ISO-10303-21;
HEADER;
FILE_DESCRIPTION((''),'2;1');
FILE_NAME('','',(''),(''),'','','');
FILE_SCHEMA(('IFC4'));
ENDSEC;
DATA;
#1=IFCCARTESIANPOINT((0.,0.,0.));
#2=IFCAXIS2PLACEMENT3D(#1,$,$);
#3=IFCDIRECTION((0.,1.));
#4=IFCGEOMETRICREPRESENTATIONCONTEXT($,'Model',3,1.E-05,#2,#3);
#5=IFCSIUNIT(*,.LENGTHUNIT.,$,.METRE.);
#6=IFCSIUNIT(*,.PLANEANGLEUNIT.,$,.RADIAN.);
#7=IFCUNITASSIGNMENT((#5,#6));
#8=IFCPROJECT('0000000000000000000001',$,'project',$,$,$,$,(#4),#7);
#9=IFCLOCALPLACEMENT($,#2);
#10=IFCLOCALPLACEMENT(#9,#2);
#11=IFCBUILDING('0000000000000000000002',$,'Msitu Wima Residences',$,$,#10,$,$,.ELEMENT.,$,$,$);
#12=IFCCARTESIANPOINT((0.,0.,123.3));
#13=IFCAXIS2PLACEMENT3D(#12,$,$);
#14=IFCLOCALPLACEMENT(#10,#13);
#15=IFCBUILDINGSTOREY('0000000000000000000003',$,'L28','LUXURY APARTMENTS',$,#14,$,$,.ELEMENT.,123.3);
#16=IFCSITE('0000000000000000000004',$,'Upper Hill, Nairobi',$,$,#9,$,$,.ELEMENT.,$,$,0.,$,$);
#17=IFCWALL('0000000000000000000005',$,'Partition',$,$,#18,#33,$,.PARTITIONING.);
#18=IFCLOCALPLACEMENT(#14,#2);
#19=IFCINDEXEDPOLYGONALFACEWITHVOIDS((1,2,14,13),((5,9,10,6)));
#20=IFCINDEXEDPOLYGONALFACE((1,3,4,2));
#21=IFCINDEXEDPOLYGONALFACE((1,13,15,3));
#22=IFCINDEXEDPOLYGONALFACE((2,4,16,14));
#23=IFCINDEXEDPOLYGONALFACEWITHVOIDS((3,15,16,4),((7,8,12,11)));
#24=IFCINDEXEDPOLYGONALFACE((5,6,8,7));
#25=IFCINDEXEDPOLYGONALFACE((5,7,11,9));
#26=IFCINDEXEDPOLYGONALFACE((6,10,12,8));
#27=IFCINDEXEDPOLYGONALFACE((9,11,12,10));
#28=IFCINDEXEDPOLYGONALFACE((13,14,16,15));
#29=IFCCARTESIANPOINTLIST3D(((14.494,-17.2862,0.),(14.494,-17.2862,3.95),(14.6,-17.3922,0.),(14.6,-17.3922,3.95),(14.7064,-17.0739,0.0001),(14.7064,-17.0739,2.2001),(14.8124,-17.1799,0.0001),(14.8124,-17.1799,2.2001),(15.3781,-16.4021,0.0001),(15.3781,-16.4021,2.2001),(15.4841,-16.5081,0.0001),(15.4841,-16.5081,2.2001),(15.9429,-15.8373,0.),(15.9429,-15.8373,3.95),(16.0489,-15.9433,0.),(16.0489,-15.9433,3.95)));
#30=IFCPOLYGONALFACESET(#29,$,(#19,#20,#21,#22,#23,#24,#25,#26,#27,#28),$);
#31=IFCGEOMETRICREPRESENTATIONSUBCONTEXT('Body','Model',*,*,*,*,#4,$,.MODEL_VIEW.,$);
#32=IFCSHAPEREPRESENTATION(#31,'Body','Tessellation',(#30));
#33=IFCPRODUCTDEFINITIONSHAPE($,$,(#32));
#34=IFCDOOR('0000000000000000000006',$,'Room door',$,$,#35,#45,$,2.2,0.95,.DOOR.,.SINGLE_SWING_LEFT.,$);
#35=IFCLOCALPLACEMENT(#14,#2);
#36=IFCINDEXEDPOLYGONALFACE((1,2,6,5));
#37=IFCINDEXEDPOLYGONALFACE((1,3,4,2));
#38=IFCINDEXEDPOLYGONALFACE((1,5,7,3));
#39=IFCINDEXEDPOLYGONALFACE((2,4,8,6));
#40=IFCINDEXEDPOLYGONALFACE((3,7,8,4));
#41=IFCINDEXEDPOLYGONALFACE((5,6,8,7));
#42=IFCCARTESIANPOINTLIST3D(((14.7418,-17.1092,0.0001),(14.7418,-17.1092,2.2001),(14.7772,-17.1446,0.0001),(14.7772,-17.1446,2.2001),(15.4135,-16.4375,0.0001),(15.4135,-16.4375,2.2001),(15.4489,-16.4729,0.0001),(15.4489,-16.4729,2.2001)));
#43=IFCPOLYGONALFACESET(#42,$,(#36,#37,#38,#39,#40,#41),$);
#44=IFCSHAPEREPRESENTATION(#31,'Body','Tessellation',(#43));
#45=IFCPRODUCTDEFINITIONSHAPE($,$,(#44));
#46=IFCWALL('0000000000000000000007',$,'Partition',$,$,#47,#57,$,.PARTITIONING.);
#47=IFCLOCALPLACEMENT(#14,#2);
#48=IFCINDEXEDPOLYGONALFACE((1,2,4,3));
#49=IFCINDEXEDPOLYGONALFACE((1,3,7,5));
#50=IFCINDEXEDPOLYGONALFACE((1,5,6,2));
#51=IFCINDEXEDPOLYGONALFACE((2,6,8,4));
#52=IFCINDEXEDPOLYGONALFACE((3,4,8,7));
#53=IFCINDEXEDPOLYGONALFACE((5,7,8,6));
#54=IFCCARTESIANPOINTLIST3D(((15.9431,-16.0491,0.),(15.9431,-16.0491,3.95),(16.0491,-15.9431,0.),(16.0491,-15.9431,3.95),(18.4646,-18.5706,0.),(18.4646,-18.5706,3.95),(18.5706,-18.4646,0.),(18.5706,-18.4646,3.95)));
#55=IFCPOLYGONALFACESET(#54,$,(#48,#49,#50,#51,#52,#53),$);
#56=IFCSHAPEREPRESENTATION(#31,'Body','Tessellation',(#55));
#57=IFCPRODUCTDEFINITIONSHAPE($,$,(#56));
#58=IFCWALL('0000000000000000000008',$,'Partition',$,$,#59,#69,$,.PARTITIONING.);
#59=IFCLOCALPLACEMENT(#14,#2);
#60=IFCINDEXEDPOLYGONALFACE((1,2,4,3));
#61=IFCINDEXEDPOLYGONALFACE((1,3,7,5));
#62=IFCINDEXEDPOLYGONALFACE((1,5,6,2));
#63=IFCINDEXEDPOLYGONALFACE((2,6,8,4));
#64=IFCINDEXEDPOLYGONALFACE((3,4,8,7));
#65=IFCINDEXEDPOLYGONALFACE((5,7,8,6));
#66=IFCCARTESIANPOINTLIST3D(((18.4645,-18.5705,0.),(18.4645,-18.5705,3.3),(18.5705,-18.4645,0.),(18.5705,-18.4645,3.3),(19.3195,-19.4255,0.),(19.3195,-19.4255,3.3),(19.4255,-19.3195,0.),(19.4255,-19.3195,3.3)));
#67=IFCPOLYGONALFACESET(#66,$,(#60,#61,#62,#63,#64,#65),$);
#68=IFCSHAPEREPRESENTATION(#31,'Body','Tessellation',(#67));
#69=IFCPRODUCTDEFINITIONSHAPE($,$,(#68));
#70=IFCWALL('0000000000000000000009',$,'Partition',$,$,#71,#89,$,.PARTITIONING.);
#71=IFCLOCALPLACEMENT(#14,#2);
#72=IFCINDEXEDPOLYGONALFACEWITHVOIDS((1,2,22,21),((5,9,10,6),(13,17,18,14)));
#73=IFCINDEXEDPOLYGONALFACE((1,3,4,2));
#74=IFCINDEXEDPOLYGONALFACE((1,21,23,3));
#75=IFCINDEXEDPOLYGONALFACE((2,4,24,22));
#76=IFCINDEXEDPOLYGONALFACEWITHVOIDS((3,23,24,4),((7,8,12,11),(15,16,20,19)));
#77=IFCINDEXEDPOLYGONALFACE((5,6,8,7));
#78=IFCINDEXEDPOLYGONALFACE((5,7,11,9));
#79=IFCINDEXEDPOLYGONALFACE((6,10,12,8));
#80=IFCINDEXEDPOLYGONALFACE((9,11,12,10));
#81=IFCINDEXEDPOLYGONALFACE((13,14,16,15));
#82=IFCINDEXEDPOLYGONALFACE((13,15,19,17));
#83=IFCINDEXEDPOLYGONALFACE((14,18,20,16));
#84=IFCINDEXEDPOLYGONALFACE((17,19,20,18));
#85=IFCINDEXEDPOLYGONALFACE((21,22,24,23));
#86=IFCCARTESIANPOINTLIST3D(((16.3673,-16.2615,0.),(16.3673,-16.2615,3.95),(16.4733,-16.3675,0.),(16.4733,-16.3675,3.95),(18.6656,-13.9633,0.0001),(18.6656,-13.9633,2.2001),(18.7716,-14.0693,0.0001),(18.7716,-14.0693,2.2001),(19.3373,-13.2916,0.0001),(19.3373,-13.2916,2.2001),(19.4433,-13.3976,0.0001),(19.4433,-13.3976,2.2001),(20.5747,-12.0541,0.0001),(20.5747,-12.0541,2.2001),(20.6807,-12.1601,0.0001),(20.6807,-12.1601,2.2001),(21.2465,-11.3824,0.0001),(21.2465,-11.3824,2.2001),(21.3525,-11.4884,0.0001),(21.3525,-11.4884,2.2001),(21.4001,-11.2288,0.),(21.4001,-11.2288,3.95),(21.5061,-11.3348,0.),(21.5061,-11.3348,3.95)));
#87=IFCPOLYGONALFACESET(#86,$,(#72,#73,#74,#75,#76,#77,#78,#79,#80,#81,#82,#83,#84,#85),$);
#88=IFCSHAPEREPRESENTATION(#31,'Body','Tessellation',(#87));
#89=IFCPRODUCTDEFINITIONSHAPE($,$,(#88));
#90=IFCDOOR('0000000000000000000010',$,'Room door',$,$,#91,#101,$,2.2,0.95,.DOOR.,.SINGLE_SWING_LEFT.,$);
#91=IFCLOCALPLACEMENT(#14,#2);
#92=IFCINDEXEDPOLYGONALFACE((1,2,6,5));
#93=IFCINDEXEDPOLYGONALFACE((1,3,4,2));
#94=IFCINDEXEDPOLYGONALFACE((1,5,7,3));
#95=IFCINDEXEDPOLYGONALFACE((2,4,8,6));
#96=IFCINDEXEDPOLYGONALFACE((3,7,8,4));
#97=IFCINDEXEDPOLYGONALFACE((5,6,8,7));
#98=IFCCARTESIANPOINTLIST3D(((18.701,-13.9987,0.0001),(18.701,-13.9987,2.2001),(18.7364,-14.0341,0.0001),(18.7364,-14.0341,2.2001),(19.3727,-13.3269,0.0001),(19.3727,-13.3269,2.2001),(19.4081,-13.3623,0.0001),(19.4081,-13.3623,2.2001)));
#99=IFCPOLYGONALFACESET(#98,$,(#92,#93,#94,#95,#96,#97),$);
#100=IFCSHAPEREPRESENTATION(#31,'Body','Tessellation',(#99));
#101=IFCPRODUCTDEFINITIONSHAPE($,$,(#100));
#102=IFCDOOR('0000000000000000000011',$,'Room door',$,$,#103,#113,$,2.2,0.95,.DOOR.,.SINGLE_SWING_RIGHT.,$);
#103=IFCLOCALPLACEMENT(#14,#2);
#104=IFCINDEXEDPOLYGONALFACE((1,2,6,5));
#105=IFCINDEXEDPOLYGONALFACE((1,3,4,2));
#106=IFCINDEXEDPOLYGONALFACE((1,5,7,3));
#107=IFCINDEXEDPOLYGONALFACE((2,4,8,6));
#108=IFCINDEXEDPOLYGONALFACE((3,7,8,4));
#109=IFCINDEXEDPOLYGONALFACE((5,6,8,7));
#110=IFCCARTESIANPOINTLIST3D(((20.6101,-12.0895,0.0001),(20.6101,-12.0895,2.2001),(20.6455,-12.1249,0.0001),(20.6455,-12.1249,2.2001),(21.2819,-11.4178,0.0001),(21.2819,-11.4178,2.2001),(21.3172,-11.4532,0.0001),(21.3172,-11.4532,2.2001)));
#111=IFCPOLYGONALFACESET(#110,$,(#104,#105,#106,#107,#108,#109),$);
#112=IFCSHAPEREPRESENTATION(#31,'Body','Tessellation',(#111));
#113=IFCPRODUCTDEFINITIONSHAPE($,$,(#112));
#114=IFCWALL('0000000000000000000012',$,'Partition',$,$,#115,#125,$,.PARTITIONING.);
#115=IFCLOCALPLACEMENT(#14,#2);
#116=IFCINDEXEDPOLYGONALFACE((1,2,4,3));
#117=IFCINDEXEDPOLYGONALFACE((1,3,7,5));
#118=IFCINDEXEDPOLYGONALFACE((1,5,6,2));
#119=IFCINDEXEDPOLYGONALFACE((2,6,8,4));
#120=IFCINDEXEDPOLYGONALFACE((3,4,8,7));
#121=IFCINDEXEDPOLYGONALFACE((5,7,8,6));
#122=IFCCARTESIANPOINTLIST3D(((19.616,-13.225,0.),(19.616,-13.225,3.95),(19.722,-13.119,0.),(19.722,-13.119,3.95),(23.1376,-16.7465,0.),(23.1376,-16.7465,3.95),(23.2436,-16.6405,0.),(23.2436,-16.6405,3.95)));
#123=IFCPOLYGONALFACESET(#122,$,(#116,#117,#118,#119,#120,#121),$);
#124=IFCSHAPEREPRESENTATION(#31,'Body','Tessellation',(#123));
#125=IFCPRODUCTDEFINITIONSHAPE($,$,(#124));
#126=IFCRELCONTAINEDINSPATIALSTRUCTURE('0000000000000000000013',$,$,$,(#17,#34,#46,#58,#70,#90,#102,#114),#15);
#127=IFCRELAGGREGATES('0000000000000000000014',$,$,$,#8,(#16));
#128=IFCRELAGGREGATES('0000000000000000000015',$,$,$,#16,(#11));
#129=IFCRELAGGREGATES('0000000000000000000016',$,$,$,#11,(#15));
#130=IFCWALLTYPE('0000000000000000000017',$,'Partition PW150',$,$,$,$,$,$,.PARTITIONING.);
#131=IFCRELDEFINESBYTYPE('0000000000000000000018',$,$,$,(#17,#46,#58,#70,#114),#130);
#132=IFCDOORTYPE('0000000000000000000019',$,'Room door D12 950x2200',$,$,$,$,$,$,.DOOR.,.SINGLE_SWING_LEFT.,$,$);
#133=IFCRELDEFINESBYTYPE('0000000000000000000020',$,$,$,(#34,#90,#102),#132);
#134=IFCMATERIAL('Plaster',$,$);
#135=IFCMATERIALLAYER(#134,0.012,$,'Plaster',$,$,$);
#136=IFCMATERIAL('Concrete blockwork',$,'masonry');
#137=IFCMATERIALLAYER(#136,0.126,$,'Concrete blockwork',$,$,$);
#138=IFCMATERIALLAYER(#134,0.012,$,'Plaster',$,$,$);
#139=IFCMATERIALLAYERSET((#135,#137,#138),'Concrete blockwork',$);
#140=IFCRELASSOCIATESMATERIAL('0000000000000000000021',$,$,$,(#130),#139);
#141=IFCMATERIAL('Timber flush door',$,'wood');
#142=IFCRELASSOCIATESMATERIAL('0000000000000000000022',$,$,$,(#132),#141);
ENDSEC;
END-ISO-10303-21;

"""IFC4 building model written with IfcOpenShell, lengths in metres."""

from ifc_helpers import new_model, si_unit, direction, frame, frame_2d, origin, place, context, subcontext, project, spatial, rectangle, extrude, material, layer, layer_set, type_object, element, fill, save


model = new_model("IFC4")

# Units and contexts
model_context = context("Model", 3, precision=1e-05, world=origin(), true_north=direction((0.0, 1.0)))
body_context = subcontext(model_context, "Body", "Model", "MODEL_VIEW")
ifc_project = project(units=[si_unit("LENGTHUNIT", "METRE"), si_unit("PLANEANGLEUNIT", "RADIAN")], contexts=[model_context])

# Site, building, storey
site_placement = place(None, origin())
site = spatial("IfcSite", under=ifc_project, at=site_placement, Name="Upper Hill, Nairobi", CompositionType="ELEMENT", RefElevation=0.0)
building_placement = place(site_placement, origin())
building = spatial("IfcBuilding", under=site, at=building_placement, Name="Msitu Wima Residences", CompositionType="ELEMENT")
storey_placement = place(building_placement, frame((0.0, 0.0, 123.3)))
storey = spatial("IfcBuildingStorey", under=building, at=storey_placement, Name="L28", Description="LUXURY APARTMENTS", CompositionType="ELEMENT", Elevation=123.3)

# Wall, opening, door
ifc_material_1 = material(Name="Plaster")
ifc_material_2 = material(Name="Concrete blockwork", Category="masonry")
ifc_layer_1 = layer(ifc_material_1, 0.012, Name="Plaster")
ifc_layer_2 = layer(ifc_material_2, 0.126, Name="Concrete blockwork")
ifc_layer_3 = layer(ifc_material_1, 0.012, Name="Plaster")
ifc_layer_set_1 = layer_set([ifc_layer_1, ifc_layer_2, ifc_layer_3], Name="Concrete blockwork")
wall_type_1 = type_object("IfcWallType", Name="Partition PW150", PredefinedType="PARTITIONING", material=ifc_layer_set_1)
wall_1_placement = place(storey_placement, frame((14.5471, -17.3391, 0.0), z_axis=(0.0, 0.0, 1.0), x_axis=(0.707107, 0.707107, 0.0)))
wall_1 = element("IfcWall", 1, at=wall_1_placement, inside=storey, type_object=wall_type_1, Name="Partition", PredefinedType="PARTITIONING", context=body_context, shape_type="SweptSolid", body=[
    extrude(rectangle(XDim=2.0491, YDim=0.1499, at=frame_2d((1.0244, 0.0))), origin(), (0.0, 0.0, 1.0), 3.95),
])
opening_1_placement = place(wall_1_placement, frame((0.3, 0.0, 0.0)))
opening_1 = element("IfcOpeningElement", 2, at=opening_1_placement, cuts=wall_1, PredefinedType="OPENING", context=body_context, shape_type="SweptSolid", body=[
    extrude(rectangle(XDim=0.95, YDim=2.2, at=frame_2d((0.4751, 1.1001))), frame((0.0, 0.085, 0.0), z_axis=(0.0, -1.0, 0.0), x_axis=(1.0, 0.0, 0.0)), (0.0, 0.0, 1.0), 0.1699),
])
ifc_material_3 = material(Name="Timber flush door", Category="wood")
door_type_1 = type_object("IfcDoorType", Name="Room door D12 950x2200", OperationType="SINGLE_SWING_LEFT", PredefinedType="DOOR", material=ifc_material_3)
door_1_placement = place(opening_1_placement, origin())
door_1 = element("IfcDoor", 3, at=door_1_placement, inside=storey, type_object=door_type_1, Name="Room door", OperationType="SINGLE_SWING_LEFT", OverallHeight=2.2, OverallWidth=0.95, PredefinedType="DOOR", context=body_context, shape_type="SweptSolid", body=[
    extrude(rectangle(XDim=0.95, YDim=2.2, at=frame_2d((0.4751, 1.1001))), frame((0.0, 0.0249, 0.0), z_axis=(0.0, -1.0, 0.0), x_axis=(1.0, 0.0, 0.0)), (0.0, 0.0, 1.0), 0.05),
])
fill(opening_1, door_1)

# Walls
wall_2_placement = place(storey_placement, frame((15.9961, -15.9961, 0.0), z_axis=(0.0, 0.0, 1.0), x_axis=(0.707107, -0.707107, 0.0)))
element("IfcWall", 4, at=wall_2_placement, inside=storey, type_object=wall_type_1, Name="Partition", PredefinedType="PARTITIONING", context=body_context, shape_type="SweptSolid", body=[
    extrude(rectangle(XDim=3.5659, YDim=0.1499, at=frame_2d((1.783, 0.0))), origin(), (0.0, 0.0, 1.0), 3.95),
])
wall_3_placement = place(storey_placement, frame((18.5176, -18.5176, 0.0), z_axis=(0.0, 0.0, 1.0), x_axis=(0.707107, -0.707107, 0.0)))
element("IfcWall", 5, at=wall_3_placement, inside=storey, type_object=wall_type_1, Name="Partition", PredefinedType="PARTITIONING", context=body_context, shape_type="SweptSolid", body=[
    extrude(rectangle(XDim=1.2092, YDim=0.1499, at=frame_2d((0.6045, 0.0))), origin(), (0.0, 0.0, 1.0), 3.3),
])

# Wall, openings, doors
wall_4_placement = place(storey_placement, frame((16.4204, -16.3145, 0.0), z_axis=(0.0, 0.0, 1.0), x_axis=(0.707107, 0.707107, 0.0)))
wall_4 = element("IfcWall", 6, at=wall_4_placement, inside=storey, type_object=wall_type_1, Name="Partition", PredefinedType="PARTITIONING", context=body_context, shape_type="SweptSolid", body=[
    extrude(rectangle(XDim=7.1174, YDim=0.1499, at=frame_2d((3.5586, 0.0))), origin(), (0.0, 0.0, 1.0), 3.95),
])
opening_2_placement = place(wall_4_placement, frame((3.25, 0.0, 0.0)))
opening_2 = element("IfcOpeningElement", 7, at=opening_2_placement, cuts=wall_4, PredefinedType="OPENING", context=body_context, shape_type="SweptSolid", body=[
    extrude(rectangle(XDim=0.95, YDim=2.2, at=frame_2d((0.4751, 1.1001))), frame((0.0, 0.085, 0.0), z_axis=(0.0, -1.0, 0.0), x_axis=(1.0, 0.0, 0.0)), (0.0, 0.0, 1.0), 0.1699),
])
opening_3_placement = place(wall_4_placement, frame((5.95, 0.0, 0.0)))
opening_3 = element("IfcOpeningElement", 8, at=opening_3_placement, cuts=wall_4, PredefinedType="OPENING", context=body_context, shape_type="SweptSolid", body=[
    extrude(rectangle(XDim=0.95, YDim=2.2, at=frame_2d((0.4751, 1.1001))), frame((0.0, 0.085, 0.0), z_axis=(0.0, -1.0, 0.0), x_axis=(1.0, 0.0, 0.0)), (0.0, 0.0, 1.0), 0.1699),
])
door_2_placement = place(opening_2_placement, origin())
door_2 = element("IfcDoor", 9, at=door_2_placement, inside=storey, type_object=door_type_1, Name="Room door", OperationType="SINGLE_SWING_LEFT", OverallHeight=2.2, OverallWidth=0.95, PredefinedType="DOOR", context=body_context, shape_type="SweptSolid", body=[
    extrude(rectangle(XDim=0.95, YDim=2.2, at=frame_2d((0.4751, 1.1001))), frame((0.0, 0.0249, 0.0), z_axis=(0.0, -1.0, 0.0), x_axis=(1.0, 0.0, 0.0)), (0.0, 0.0, 1.0), 0.05),
])
fill(opening_2, door_2)
door_3_placement = place(opening_3_placement, origin())
door_3 = element("IfcDoor", 10, at=door_3_placement, inside=storey, type_object=door_type_1, Name="Room door", OperationType="SINGLE_SWING_RIGHT", OverallHeight=2.2, OverallWidth=0.95, PredefinedType="DOOR", context=body_context, shape_type="SweptSolid", body=[
    extrude(rectangle(XDim=0.95, YDim=2.2, at=frame_2d((0.4751, 1.1001))), frame((0.0, 0.0249, 0.0), z_axis=(0.0, -1.0, 0.0), x_axis=(1.0, 0.0, 0.0)), (0.0, 0.0, 1.0), 0.05),
])
fill(opening_3, door_3)

# Wall
wall_5_placement = place(storey_placement, frame((19.6689, -13.1719, 0.0), z_axis=(0.0, 0.0, 1.0), x_axis=(0.707107, -0.707107, 0.0)))
element("IfcWall", 11, at=wall_5_placement, inside=storey, type_object=wall_type_1, Name="Partition", PredefinedType="PARTITIONING", context=body_context, shape_type="SweptSolid", body=[
    extrude(rectangle(XDim=4.9802, YDim=0.1499, at=frame_2d((2.4902, 0.0))), origin(), (0.0, 0.0, 1.0), 3.95),
])

save(model, "model.ifc")
